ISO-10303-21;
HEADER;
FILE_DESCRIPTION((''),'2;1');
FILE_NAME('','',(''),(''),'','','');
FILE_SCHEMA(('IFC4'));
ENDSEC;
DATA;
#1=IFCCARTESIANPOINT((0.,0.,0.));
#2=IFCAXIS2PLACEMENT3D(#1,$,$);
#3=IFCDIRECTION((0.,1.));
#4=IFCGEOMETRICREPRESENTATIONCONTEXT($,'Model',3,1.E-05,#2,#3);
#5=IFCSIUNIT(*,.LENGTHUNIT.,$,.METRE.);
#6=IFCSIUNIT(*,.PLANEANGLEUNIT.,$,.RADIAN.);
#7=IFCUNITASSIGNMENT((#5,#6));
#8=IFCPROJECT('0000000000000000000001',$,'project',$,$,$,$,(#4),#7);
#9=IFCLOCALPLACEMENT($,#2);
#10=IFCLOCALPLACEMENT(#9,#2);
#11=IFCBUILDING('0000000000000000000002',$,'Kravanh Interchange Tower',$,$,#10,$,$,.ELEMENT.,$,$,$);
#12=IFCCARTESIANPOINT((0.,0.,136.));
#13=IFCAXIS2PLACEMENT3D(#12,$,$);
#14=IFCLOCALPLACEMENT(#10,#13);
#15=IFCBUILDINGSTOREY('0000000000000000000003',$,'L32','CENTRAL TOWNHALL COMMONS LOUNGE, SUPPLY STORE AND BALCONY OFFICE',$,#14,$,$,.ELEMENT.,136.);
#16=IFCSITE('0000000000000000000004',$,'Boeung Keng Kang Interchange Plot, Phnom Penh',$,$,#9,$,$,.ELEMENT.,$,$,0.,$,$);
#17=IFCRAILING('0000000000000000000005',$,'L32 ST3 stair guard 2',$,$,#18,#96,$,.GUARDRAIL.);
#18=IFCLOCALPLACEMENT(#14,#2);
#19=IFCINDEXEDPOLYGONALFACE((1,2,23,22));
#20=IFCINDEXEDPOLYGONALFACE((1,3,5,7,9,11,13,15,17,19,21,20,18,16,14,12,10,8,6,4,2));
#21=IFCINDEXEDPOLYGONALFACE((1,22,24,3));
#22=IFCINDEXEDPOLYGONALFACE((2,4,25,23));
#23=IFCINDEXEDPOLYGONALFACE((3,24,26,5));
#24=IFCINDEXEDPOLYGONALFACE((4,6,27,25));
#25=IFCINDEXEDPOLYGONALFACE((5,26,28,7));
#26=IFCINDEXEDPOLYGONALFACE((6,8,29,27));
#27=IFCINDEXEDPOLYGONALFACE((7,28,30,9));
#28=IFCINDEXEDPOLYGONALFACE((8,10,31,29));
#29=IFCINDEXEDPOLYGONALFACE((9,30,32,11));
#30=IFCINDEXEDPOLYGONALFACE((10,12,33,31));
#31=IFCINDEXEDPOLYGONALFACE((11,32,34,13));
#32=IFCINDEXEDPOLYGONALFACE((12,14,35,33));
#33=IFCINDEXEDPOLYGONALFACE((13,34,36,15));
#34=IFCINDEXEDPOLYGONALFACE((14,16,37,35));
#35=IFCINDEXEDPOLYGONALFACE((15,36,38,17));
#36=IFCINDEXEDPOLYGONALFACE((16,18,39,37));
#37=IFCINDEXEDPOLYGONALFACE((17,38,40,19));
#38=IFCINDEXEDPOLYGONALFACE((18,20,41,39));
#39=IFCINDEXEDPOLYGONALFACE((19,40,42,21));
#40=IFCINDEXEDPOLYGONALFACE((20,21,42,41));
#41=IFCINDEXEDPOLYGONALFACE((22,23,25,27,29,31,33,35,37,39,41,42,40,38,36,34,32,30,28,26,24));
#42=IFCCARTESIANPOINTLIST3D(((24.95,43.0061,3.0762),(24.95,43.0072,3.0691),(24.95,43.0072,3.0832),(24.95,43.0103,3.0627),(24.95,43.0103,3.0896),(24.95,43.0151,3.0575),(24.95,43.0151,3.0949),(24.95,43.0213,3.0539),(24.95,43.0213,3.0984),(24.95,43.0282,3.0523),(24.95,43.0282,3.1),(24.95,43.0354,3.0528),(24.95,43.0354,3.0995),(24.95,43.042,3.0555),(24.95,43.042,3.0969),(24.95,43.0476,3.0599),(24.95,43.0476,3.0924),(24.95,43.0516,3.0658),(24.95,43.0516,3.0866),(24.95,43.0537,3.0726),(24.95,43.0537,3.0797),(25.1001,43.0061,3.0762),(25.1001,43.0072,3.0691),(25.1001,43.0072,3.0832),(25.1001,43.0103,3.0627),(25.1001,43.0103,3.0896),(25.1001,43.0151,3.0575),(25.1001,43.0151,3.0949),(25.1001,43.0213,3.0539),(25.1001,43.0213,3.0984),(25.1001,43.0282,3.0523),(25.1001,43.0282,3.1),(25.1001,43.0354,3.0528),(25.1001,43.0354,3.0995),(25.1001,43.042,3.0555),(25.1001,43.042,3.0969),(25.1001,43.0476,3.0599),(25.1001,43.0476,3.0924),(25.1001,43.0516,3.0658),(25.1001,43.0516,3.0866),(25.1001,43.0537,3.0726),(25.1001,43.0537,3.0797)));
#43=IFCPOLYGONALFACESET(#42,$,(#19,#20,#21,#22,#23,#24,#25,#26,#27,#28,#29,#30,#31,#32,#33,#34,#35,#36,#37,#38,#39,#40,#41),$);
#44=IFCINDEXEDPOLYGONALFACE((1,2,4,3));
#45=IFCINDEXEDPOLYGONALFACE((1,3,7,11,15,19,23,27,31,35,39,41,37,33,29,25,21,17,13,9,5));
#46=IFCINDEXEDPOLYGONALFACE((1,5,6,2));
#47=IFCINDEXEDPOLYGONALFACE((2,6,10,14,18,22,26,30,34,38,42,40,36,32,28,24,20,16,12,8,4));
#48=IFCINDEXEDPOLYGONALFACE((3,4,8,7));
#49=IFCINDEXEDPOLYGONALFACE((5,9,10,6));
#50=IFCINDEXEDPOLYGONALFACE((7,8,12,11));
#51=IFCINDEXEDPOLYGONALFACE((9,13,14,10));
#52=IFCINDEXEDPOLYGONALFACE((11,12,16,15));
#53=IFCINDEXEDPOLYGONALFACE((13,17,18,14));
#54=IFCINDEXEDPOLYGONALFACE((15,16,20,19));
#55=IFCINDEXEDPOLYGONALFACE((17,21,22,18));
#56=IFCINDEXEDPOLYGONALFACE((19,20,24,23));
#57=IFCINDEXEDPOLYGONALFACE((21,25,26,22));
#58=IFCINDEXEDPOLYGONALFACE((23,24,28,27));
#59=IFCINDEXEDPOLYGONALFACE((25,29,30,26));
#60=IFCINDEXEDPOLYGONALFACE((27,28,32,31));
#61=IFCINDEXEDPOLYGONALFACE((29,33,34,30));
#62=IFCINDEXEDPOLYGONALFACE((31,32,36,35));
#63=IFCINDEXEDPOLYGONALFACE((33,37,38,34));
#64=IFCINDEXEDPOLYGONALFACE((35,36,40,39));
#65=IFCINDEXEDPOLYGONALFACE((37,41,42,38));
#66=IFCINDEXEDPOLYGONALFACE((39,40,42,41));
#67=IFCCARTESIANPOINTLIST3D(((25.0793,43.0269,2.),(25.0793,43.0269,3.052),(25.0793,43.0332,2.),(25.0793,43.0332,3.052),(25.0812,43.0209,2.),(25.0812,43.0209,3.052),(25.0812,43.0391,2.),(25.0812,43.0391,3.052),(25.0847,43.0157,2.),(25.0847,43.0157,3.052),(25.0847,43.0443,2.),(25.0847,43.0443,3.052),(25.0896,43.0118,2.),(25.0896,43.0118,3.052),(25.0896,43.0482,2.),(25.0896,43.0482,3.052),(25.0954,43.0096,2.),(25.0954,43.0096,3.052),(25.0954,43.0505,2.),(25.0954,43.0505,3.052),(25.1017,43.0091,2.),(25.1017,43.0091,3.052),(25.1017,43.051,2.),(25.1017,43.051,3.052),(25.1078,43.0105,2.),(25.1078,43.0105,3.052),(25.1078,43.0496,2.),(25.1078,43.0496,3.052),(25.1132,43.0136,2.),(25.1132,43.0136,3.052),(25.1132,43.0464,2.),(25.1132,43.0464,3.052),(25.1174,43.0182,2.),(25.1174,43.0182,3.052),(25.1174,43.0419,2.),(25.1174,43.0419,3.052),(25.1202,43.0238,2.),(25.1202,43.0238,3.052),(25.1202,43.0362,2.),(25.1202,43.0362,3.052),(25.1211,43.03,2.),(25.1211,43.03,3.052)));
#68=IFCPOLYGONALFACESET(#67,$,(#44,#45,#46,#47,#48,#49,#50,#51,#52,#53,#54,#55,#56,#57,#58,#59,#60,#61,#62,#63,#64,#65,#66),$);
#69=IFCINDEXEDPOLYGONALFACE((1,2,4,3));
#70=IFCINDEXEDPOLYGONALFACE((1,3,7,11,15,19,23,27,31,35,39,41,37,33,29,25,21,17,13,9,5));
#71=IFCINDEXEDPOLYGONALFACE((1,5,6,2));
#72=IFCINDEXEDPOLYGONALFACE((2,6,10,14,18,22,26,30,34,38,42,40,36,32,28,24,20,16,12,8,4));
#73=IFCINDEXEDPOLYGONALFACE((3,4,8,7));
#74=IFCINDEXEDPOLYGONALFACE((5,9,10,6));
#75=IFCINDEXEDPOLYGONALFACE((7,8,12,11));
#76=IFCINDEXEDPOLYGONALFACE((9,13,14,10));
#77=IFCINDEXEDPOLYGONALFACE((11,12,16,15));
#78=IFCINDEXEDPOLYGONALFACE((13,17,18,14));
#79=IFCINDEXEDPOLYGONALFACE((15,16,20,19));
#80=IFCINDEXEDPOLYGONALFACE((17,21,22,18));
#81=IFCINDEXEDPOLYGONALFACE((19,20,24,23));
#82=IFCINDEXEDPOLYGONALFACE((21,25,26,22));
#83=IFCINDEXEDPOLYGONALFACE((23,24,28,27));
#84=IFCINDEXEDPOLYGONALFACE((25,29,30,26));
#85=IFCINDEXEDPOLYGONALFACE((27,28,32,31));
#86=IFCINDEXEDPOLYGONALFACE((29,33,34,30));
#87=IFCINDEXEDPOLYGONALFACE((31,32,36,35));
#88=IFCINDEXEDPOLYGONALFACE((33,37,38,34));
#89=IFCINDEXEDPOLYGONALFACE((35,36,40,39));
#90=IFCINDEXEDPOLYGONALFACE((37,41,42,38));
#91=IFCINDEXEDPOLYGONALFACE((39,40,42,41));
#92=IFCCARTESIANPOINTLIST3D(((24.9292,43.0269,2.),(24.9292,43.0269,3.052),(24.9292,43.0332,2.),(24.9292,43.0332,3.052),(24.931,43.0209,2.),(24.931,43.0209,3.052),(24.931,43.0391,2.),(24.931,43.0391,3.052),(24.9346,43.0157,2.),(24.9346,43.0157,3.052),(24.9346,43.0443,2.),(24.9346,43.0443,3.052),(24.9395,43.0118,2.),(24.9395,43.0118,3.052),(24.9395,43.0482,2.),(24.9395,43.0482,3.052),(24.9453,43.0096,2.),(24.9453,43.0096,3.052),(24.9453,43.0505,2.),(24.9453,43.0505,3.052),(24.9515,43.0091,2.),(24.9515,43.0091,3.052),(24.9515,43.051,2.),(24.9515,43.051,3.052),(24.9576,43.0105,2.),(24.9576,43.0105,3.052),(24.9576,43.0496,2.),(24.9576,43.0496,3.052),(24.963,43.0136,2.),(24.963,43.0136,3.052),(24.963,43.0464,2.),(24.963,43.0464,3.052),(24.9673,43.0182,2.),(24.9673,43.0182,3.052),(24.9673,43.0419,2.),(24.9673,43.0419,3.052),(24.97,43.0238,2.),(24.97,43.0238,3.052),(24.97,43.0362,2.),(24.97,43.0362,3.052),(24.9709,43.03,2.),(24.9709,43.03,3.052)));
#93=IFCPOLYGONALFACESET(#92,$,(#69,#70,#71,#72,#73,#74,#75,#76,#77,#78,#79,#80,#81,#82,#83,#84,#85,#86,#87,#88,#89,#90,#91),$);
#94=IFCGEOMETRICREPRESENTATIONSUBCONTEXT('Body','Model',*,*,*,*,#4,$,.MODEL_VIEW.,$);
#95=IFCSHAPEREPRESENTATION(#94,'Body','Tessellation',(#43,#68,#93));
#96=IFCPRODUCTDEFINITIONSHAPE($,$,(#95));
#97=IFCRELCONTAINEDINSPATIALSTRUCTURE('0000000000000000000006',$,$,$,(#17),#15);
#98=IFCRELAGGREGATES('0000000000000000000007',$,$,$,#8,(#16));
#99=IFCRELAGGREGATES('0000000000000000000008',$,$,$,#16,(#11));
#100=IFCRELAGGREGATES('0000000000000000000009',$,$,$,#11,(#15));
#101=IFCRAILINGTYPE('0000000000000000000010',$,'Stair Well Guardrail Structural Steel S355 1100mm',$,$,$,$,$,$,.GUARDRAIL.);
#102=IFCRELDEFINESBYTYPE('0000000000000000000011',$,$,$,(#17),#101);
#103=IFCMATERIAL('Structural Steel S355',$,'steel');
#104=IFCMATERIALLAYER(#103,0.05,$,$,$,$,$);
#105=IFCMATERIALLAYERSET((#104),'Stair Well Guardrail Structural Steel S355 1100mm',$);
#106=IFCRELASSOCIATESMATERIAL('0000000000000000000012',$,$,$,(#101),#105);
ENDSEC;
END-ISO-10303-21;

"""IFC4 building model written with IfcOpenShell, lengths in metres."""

from ifc_helpers import new_model, si_unit, direction, frame, origin, origin_2d, place, context, subcontext, project, spatial, circle, extrude, material, layer, layer_set, type_object, element, save


model = new_model("IFC4")

# Units and contexts
model_context = context("Model", 3, precision=1e-05, world=origin(), true_north=direction((0.0, 1.0)))
body_context = subcontext(model_context, "Body", "Model", "MODEL_VIEW")
ifc_project = project(units=[si_unit("LENGTHUNIT", "METRE"), si_unit("PLANEANGLEUNIT", "RADIAN")], contexts=[model_context])

# Site, building, storey
site_placement = place(None, origin())
site = spatial("IfcSite", under=ifc_project, at=site_placement, Name="Boeung Keng Kang Interchange Plot, Phnom Penh", CompositionType="ELEMENT", RefElevation=0.0)
building_placement = place(site_placement, origin())
building = spatial("IfcBuilding", under=site, at=building_placement, Name="Kravanh Interchange Tower", CompositionType="ELEMENT")
storey_placement = place(building_placement, frame((0.0, 0.0, 136.0)))
storey = spatial("IfcBuildingStorey", under=building, at=storey_placement, Name="L32", Description="CENTRAL TOWNHALL COMMONS LOUNGE, SUPPLY STORE AND BALCONY OFFICE", CompositionType="ELEMENT", Elevation=136.0)

# Railing
ifc_material_1 = material(Name="Structural Steel S355", Category="steel")
ifc_layer_1 = layer(ifc_material_1, 0.05)
ifc_layer_set_1 = layer_set([ifc_layer_1], Name="Stair Well Guardrail Structural Steel S355 1100mm")
railing_type_1 = type_object("IfcRailingType", Name="Stair Well Guardrail Structural Steel S355 1100mm", PredefinedType="GUARDRAIL", material=ifc_layer_set_1)
railing_1_placement = place(storey_placement, frame((25.1001, 43.03, 2.0)))
element("IfcRailing", 1, at=railing_1_placement, inside=storey, type_object=railing_type_1, Name="L32 ST3 stair guard 2", PredefinedType="GUARDRAIL", context=body_context, shape_type="SweptSolid", body=[
    extrude(circle(Radius=0.0239, at=origin_2d()), frame((0.0, 0.0, 1.0762), z_axis=(-1.0, 0.0, 0.0), x_axis=(0.0, -1.0, 0.0)), (0.0, 0.0, 1.0), 0.1501),
    extrude(circle(Radius=0.021, at=origin_2d()), origin(), (0.0, 0.0, 1.0), 1.052),
    extrude(circle(Radius=0.021, at=origin_2d()), frame((-0.1501, 0.0, 0.0)), (0.0, 0.0, 1.0), 1.052),
])

save(model, "model.ifc")
